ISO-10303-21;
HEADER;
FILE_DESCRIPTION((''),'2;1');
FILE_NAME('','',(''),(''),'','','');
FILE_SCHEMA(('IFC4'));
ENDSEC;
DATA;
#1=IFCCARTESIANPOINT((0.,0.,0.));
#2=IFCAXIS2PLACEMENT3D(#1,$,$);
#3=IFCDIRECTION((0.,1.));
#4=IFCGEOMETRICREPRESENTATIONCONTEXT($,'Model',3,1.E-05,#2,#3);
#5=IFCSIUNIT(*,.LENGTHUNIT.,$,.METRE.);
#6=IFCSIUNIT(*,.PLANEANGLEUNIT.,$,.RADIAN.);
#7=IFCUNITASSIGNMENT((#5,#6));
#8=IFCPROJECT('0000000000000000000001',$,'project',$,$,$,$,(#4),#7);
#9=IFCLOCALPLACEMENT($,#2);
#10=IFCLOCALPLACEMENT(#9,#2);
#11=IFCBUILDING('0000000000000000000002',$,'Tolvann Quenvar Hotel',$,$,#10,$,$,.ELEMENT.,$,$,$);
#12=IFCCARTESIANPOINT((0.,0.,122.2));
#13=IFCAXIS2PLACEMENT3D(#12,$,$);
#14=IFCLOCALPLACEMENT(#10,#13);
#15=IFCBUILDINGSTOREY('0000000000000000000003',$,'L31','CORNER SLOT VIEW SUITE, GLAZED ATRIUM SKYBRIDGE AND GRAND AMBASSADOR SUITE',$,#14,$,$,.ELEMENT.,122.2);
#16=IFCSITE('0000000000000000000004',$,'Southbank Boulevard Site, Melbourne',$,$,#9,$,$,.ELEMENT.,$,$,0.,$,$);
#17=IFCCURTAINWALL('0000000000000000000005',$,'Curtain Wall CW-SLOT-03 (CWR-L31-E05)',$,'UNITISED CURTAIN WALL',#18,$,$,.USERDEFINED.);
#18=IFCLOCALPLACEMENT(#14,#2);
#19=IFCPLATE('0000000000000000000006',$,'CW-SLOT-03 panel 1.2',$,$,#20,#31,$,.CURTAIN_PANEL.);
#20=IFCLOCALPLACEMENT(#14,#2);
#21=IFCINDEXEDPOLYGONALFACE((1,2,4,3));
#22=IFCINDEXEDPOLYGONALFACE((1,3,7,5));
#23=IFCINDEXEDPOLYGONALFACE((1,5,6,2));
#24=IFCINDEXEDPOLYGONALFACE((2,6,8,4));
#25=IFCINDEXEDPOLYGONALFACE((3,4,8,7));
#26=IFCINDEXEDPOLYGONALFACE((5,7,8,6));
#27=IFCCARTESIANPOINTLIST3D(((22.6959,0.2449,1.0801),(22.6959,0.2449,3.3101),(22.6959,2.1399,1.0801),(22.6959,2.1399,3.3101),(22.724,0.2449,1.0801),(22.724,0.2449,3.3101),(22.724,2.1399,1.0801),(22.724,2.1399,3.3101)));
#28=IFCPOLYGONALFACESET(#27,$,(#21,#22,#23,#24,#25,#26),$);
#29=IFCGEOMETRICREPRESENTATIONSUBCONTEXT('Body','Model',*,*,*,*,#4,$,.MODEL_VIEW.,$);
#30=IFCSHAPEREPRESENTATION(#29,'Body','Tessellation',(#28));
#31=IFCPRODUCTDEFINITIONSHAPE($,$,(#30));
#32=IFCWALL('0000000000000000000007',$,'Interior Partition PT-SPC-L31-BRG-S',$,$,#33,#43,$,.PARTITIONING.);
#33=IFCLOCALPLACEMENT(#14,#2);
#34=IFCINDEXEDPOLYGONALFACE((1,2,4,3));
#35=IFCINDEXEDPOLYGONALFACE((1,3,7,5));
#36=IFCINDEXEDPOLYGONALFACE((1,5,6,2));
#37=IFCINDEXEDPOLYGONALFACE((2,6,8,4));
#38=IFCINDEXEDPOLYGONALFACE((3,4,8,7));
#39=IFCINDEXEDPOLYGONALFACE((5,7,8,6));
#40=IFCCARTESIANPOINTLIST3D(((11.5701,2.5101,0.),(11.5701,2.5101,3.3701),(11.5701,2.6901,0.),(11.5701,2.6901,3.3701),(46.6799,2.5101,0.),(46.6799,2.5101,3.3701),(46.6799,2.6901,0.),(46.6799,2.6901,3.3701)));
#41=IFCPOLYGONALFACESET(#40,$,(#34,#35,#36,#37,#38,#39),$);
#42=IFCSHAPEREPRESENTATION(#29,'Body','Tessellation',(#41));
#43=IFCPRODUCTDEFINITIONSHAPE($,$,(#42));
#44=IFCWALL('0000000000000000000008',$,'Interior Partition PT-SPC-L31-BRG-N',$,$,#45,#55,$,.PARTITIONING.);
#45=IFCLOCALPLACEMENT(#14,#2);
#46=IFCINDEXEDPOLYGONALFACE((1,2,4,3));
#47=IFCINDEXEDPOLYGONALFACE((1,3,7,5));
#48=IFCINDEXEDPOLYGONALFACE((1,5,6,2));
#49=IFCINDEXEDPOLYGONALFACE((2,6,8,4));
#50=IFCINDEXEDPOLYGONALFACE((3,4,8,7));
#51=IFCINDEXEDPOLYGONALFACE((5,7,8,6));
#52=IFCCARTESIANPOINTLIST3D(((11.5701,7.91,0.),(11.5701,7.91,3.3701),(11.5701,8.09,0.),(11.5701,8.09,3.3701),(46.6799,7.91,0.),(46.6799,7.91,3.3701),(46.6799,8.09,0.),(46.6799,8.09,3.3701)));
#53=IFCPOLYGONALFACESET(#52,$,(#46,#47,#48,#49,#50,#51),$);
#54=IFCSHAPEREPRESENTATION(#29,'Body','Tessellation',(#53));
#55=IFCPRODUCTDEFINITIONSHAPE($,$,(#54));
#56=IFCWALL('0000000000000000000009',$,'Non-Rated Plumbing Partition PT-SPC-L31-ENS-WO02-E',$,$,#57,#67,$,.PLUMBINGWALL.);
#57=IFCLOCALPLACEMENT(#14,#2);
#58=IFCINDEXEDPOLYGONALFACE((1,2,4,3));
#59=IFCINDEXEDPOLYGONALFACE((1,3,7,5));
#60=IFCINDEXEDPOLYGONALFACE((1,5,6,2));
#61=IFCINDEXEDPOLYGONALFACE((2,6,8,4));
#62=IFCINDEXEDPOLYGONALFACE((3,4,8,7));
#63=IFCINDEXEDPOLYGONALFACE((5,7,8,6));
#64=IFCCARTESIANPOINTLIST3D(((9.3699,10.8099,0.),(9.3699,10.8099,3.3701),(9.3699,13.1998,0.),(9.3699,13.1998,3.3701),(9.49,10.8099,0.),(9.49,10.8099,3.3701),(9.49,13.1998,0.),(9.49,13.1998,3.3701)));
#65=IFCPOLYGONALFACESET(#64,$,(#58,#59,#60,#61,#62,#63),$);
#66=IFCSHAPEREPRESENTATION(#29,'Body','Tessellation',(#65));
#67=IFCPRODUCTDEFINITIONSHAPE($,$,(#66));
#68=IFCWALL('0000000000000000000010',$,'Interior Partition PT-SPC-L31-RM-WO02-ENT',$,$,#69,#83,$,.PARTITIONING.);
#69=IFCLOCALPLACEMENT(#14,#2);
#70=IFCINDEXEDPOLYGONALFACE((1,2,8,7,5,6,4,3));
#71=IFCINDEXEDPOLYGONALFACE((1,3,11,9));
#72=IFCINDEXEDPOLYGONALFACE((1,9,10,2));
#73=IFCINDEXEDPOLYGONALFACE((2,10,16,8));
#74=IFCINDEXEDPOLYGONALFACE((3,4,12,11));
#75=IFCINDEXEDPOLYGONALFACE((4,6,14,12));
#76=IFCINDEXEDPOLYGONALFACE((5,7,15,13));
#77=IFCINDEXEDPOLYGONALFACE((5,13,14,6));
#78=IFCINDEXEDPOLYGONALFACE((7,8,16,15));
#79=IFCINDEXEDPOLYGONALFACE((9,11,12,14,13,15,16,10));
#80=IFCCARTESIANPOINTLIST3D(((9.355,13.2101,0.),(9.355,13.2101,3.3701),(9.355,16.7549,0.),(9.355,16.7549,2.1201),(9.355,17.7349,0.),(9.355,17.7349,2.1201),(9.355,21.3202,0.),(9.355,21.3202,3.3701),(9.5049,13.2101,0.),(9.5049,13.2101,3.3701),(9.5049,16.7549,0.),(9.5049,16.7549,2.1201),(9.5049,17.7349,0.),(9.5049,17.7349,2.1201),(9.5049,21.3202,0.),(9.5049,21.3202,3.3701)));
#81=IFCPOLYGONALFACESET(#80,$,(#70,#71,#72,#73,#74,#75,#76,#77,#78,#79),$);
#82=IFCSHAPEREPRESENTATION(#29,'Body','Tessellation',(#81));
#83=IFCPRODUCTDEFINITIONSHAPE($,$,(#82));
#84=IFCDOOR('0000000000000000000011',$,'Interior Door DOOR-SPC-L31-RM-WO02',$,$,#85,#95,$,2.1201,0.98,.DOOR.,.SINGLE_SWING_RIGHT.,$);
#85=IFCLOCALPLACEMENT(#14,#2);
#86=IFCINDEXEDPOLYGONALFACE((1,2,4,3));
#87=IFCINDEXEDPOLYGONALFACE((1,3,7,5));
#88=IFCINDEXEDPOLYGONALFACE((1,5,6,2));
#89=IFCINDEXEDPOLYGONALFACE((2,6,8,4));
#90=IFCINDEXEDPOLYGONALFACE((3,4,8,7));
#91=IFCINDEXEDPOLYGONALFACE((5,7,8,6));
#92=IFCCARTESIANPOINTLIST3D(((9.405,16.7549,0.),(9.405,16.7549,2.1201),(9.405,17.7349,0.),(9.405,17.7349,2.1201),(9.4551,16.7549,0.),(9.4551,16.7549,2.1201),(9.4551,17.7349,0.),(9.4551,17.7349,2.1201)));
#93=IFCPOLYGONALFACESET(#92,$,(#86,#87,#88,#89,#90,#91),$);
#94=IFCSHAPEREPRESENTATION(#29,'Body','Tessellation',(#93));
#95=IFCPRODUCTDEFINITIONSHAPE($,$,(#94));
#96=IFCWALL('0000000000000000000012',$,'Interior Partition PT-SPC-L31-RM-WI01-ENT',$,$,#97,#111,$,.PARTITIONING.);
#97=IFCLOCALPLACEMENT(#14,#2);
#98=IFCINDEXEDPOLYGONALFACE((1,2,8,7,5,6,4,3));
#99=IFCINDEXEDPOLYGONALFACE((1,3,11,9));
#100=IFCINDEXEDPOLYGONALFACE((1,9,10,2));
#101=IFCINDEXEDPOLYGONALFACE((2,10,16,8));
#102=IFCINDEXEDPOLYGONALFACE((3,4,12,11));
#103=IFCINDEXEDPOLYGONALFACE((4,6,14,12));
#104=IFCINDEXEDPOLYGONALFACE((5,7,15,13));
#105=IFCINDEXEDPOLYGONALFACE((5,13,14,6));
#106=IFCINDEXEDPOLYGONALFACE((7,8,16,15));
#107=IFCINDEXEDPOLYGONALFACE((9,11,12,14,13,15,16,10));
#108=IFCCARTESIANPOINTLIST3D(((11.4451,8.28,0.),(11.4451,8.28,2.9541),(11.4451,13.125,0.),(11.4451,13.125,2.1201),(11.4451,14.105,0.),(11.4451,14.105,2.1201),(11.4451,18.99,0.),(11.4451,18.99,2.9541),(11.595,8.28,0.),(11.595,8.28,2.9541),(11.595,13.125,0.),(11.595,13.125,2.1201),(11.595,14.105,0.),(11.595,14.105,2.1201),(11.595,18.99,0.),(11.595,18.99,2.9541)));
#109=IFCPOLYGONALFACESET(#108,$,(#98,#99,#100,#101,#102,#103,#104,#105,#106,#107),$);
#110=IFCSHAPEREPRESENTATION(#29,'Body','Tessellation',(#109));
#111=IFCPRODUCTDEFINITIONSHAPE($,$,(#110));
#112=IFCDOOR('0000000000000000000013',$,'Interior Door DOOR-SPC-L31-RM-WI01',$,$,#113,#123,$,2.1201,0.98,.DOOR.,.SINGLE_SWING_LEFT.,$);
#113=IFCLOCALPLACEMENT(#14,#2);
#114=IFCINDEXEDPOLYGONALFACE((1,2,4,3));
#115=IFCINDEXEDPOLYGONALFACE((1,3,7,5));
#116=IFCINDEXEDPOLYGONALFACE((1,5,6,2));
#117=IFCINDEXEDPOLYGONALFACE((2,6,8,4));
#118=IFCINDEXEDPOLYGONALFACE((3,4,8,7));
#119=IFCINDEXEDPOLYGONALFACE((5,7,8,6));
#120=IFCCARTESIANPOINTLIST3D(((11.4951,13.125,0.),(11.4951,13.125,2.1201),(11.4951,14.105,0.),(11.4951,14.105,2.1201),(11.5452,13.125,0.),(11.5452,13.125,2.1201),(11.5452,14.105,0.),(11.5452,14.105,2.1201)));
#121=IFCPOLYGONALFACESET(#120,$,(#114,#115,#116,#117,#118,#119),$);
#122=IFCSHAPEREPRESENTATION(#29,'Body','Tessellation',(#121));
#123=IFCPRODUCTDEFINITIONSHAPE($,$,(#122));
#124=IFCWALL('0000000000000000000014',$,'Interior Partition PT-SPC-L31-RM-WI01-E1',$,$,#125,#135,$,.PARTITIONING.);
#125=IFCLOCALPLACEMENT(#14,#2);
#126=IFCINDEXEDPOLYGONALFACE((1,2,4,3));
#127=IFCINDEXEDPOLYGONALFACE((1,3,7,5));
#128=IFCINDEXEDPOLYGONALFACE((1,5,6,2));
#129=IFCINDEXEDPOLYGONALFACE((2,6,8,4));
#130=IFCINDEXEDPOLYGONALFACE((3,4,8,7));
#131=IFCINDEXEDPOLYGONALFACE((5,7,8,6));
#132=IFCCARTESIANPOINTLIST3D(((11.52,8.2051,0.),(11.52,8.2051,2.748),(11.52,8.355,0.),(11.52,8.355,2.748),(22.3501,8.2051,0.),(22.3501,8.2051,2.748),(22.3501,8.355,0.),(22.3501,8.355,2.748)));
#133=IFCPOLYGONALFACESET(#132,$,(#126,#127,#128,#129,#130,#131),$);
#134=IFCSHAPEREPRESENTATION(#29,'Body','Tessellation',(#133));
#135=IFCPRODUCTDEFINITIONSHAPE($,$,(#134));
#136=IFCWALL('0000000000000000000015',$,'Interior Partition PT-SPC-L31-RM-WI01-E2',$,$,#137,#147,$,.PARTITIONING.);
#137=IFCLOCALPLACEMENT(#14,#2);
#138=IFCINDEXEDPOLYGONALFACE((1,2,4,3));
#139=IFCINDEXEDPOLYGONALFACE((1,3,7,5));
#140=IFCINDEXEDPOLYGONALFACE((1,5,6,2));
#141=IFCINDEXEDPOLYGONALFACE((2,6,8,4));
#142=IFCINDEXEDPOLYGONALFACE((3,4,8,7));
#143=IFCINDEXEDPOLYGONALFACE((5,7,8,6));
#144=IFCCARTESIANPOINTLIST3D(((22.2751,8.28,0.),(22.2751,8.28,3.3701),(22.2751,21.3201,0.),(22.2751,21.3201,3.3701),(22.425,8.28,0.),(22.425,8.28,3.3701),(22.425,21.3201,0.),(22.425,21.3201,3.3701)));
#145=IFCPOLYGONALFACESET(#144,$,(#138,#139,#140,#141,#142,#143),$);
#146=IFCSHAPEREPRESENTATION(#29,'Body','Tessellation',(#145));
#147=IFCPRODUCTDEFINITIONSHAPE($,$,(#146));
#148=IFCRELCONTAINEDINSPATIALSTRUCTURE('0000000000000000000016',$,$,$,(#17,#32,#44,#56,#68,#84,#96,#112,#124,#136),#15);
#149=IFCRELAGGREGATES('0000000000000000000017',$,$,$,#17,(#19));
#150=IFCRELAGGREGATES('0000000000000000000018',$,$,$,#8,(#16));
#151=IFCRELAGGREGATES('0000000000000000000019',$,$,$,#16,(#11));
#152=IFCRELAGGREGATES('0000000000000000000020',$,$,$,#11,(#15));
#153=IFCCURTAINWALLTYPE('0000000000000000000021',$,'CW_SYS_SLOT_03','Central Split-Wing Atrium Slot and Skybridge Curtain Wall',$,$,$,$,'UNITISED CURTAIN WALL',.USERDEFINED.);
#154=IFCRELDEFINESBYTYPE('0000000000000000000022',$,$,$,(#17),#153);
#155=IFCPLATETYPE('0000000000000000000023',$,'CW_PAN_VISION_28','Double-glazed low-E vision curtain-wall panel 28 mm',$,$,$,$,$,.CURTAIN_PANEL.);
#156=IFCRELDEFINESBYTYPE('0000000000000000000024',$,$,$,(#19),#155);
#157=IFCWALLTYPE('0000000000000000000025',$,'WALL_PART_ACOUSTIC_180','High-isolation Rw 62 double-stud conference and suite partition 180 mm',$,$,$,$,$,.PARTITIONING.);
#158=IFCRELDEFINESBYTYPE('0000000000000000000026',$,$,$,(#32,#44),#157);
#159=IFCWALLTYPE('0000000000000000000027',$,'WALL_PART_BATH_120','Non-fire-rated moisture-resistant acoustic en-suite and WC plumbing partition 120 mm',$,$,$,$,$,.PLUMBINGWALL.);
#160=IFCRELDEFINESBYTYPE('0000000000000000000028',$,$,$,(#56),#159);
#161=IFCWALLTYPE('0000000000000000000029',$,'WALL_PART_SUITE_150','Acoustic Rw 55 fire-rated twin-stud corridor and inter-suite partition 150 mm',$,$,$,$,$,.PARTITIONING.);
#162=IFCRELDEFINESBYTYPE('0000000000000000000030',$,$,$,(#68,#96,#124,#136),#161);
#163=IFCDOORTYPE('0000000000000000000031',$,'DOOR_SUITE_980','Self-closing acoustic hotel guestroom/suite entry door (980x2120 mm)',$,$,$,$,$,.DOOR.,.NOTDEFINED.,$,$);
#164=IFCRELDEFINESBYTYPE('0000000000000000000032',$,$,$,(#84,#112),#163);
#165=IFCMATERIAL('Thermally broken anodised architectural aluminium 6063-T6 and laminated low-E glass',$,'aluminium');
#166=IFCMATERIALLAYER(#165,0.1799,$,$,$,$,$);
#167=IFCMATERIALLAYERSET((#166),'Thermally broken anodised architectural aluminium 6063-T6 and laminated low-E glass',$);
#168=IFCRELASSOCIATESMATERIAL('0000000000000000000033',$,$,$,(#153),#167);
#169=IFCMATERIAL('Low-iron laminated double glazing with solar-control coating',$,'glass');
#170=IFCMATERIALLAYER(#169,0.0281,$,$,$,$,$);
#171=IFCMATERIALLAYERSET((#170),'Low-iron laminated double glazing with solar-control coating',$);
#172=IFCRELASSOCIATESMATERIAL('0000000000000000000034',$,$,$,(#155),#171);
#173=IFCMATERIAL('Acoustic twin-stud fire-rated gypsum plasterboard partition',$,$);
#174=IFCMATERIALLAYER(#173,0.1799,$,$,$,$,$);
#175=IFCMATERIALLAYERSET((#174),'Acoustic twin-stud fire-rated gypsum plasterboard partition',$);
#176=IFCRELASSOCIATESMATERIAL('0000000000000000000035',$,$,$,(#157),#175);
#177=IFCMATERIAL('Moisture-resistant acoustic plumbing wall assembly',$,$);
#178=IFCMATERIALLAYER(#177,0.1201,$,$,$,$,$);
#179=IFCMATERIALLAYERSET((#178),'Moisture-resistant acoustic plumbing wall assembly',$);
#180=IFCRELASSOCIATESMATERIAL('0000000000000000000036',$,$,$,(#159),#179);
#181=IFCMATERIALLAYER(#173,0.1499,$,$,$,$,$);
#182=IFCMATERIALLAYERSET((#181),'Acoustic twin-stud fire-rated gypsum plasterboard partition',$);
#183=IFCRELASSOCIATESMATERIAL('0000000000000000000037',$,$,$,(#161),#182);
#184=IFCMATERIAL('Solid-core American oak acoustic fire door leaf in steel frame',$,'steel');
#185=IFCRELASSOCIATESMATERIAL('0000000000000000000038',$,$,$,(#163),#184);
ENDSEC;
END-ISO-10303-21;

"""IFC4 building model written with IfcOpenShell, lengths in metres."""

from ifc_helpers import new_model, si_unit, direction, frame, frame_2d, origin, origin_2d, place, context, subcontext, project, spatial, rectangle, extrude, source, transform, mapped, material, layer, layer_set, type_object, type_shapes, element, fill, aggregate, save


model = new_model("IFC4")

# Units and contexts
model_context = context("Model", 3, precision=1e-05, world=origin(), true_north=direction((0.0, 1.0)))
body_context = subcontext(model_context, "Body", "Model", "MODEL_VIEW")
ifc_project = project(units=[si_unit("LENGTHUNIT", "METRE"), si_unit("PLANEANGLEUNIT", "RADIAN")], contexts=[model_context])

# Site, building, storey
site_placement = place(None, origin())
site = spatial("IfcSite", under=ifc_project, at=site_placement, Name="Southbank Boulevard Site, Melbourne", CompositionType="ELEMENT", RefElevation=0.0)
building_placement = place(site_placement, origin())
building = spatial("IfcBuilding", under=site, at=building_placement, Name="Tolvann Quenvar Hotel", CompositionType="ELEMENT")
storey_placement = place(building_placement, frame((0.0, 0.0, 122.2)))
storey = spatial("IfcBuildingStorey", under=building, at=storey_placement, Name="L31", Description="CORNER SLOT VIEW SUITE, GLAZED ATRIUM SKYBRIDGE AND GRAND AMBASSADOR SUITE", CompositionType="ELEMENT", Elevation=122.2)

# Curtain wall
ifc_material_1 = material(Name="Thermally broken anodised architectural aluminium 6063-T6 and laminated low-E glass", Category="aluminium")
ifc_layer_1 = layer(ifc_material_1, 0.1799)
ifc_layer_set_1 = layer_set([ifc_layer_1], Name="Thermally broken anodised architectural aluminium 6063-T6 and laminated low-E glass")
curtain_wall_type = type_object("IfcCurtainWallType", Name="CW_SYS_SLOT_03", Description="Central Split-Wing Atrium Slot and Skybridge Curtain Wall", ElementType="UNITISED CURTAIN WALL", PredefinedType="USERDEFINED", material=ifc_layer_set_1)
curtain_wall_placement = place(storey_placement, origin())
curtain_wall = element("IfcCurtainWall", 1, at=curtain_wall_placement, inside=storey, type_object=curtain_wall_type, Name="Curtain Wall CW-SLOT-03 (CWR-L31-E05)", ObjectType="UNITISED CURTAIN WALL", PredefinedType="USERDEFINED")

# Plate
ifc_material_2 = material(Name="Low-iron laminated double glazing with solar-control coating", Category="glass")
ifc_layer_2 = layer(ifc_material_2, 0.0281)
ifc_layer_set_2 = layer_set([ifc_layer_2], Name="Low-iron laminated double glazing with solar-control coating")
plate_type_1 = type_object("IfcPlateType", Name="CW_PAN_VISION_28", Description="Double-glazed low-E vision curtain-wall panel 28 mm", PredefinedType="CURTAIN_PANEL", material=ifc_layer_set_2)
shared_shape_1 = source(origin(), body_context, "Body", "SweptSolid", [
    extrude(rectangle(XDim=1.895, YDim=0.0281, at=origin_2d()), origin(), (0.0, 0.0, 1.0), 2.23),
])
plate_1_placement = place(storey_placement, frame((22.71, 1.1924, 1.0801), z_axis=(0.0, 0.0, 1.0), x_axis=(0.0, 1.0, 0.0)))
plate_1 = element("IfcPlate", 2, at=plate_1_placement, type_object=plate_type_1, Name="CW-SLOT-03 panel 1.2", PredefinedType="CURTAIN_PANEL", context=body_context, shape_type="MappedRepresentation", body=[
    mapped(shared_shape_1, transform((0.0, 0.0, 0.0), x_axis=(1.0, 0.0, 0.0), y_axis=(0.0, 1.0, 0.0), z_axis=(0.0, 0.0, 1.0), scale=1.0)),
])
aggregate(curtain_wall, [plate_1])

# Walls
ifc_material_3 = material(Name="Acoustic twin-stud fire-rated gypsum plasterboard partition")
ifc_layer_3 = layer(ifc_material_3, 0.1799)
ifc_layer_set_3 = layer_set([ifc_layer_3], Name="Acoustic twin-stud fire-rated gypsum plasterboard partition")
wall_type_1 = type_object("IfcWallType", Name="WALL_PART_ACOUSTIC_180", Description="High-isolation Rw 62 double-stud conference and suite partition 180 mm", PredefinedType="PARTITIONING", material=ifc_layer_set_3)
for number, where, z_axis, x_axis, name in (
    (3, (11.5701, 2.6001, 0.0), (0.0, 0.0, 1.0), (1.0, 0.0, 0.0), "Interior Partition PT-SPC-L31-BRG-S"),
    (4, (11.5701, 8.0, 0.0), (0.0, 0.0, 1.0), (1.0, 0.0, 0.0), "Interior Partition PT-SPC-L31-BRG-N"),
):
    element("IfcWall", number, at=place(storey_placement, frame(where, z_axis=z_axis, x_axis=x_axis)), inside=storey, type_object=wall_type_1, Name=name, PredefinedType="PARTITIONING", context=body_context, shape_type="SweptSolid", body=[
        extrude(rectangle(XDim=35.1099, YDim=0.1799, at=frame_2d((17.5549, 0.0))), origin(), (0.0, 0.0, 1.0), 3.3701),
    ])

# Shared definitions
ifc_material_4 = material(Name="Solid-core American oak acoustic fire door leaf in steel frame", Category="steel")

# Wall
ifc_material_5 = material(Name="Moisture-resistant acoustic plumbing wall assembly")
ifc_layer_4 = layer(ifc_material_5, 0.1201)
ifc_layer_set_4 = layer_set([ifc_layer_4], Name="Moisture-resistant acoustic plumbing wall assembly")
wall_type_2 = type_object("IfcWallType", Name="WALL_PART_BATH_120", Description="Non-fire-rated moisture-resistant acoustic en-suite and WC plumbing partition 120 mm", PredefinedType="PLUMBINGWALL", material=ifc_layer_set_4)
wall_1_placement = place(storey_placement, frame((9.4299, 10.8101, 0.0), z_axis=(0.0, 0.0, 1.0), x_axis=(0.0, 1.0, 0.0)))
element("IfcWall", 5, at=wall_1_placement, inside=storey, type_object=wall_type_2, Name="Non-Rated Plumbing Partition PT-SPC-L31-ENS-WO02-E", PredefinedType="PLUMBINGWALL", context=body_context, shape_type="SweptSolid", body=[
    extrude(rectangle(XDim=2.3899, YDim=0.1201, at=frame_2d((1.1948, 0.0))), origin(), (0.0, 0.0, 1.0), 3.3701),
])

# Walls, openings, doors
ifc_layer_5 = layer(ifc_material_3, 0.1499)
ifc_layer_set_5 = layer_set([ifc_layer_5], Name="Acoustic twin-stud fire-rated gypsum plasterboard partition")
wall_type_3 = type_object("IfcWallType", Name="WALL_PART_SUITE_150", Description="Acoustic Rw 55 fire-rated twin-stud corridor and inter-suite partition 150 mm", PredefinedType="PARTITIONING", material=ifc_layer_set_5)
wall_2_placement = place(storey_placement, frame((9.4299, 13.21, 0.0), z_axis=(0.0, 0.0, 1.0), x_axis=(0.0, 1.0, 0.0)))
wall_2 = element("IfcWall", 6, at=wall_2_placement, inside=storey, type_object=wall_type_3, Name="Interior Partition PT-SPC-L31-RM-WO02-ENT", PredefinedType="PARTITIONING", context=body_context, shape_type="SweptSolid", body=[
    extrude(rectangle(XDim=8.1101, YDim=0.1499, at=frame_2d((4.0552, 0.0))), origin(), (0.0, 0.0, 1.0), 3.3701),
])
opening_1_placement = place(wall_2_placement, frame((3.5449, 0.0, 0.0)))
opening_1 = element("IfcOpeningElement", 7, at=opening_1_placement, cuts=wall_2, PredefinedType="OPENING", context=body_context, shape_type="SweptSolid", body=[
    extrude(rectangle(XDim=0.98, YDim=2.1201, at=frame_2d((0.49, 1.0601))), frame((0.0, 0.085, 0.0), z_axis=(0.0, -1.0, 0.0), x_axis=(1.0, 0.0, 0.0)), (0.0, 0.0, 1.0), 0.1699),
])
door_type_1 = type_object("IfcDoorType", Name="DOOR_SUITE_980", Description="Self-closing acoustic hotel guestroom/suite entry door (980x2120 mm)", OperationType="NOTDEFINED", PredefinedType="DOOR", material=ifc_material_4)
shared_shape_2 = source(origin(), body_context, "Body", "SweptSolid", [
    extrude(rectangle(XDim=0.98, YDim=2.1201, at=frame_2d((0.49, 1.0601))), frame((0.0, 0.0249, 0.0), z_axis=(0.0, -1.0, 0.0), x_axis=(1.0, 0.0, 0.0)), (0.0, 0.0, 1.0), 0.05),
])
type_shapes(door_type_1, [shared_shape_2])
door_1_placement = place(opening_1_placement, origin())
door_1 = element("IfcDoor", 8, at=door_1_placement, inside=storey, type_object=door_type_1, Name="Interior Door DOOR-SPC-L31-RM-WO02", OperationType="SINGLE_SWING_RIGHT", OverallHeight=2.1201, OverallWidth=0.98, PredefinedType="DOOR", context=body_context, shape_type="MappedRepresentation", body=[
    mapped(shared_shape_2, transform((0.0, 0.0, 0.0), x_axis=(1.0, 0.0, 0.0), y_axis=(0.0, 1.0, 0.0), z_axis=(0.0, 0.0, 1.0), scale=1.0)),
])
fill(opening_1, door_1)
wall_3_placement = place(storey_placement, frame((11.52, 8.28, 0.0), z_axis=(0.0, 0.0, 1.0), x_axis=(0.0, 1.0, 0.0)))
wall_3 = element("IfcWall", 9, at=wall_3_placement, inside=storey, type_object=wall_type_3, Name="Interior Partition PT-SPC-L31-RM-WI01-ENT", PredefinedType="PARTITIONING", context=body_context, shape_type="SweptSolid", body=[
    extrude(rectangle(XDim=10.71, YDim=0.1499, at=frame_2d((5.355, 0.0))), origin(), (0.0, 0.0, 1.0), 2.9541),
])
opening_2_placement = place(wall_3_placement, frame((4.845, 0.0, 0.0)))
opening_2 = element("IfcOpeningElement", 10, at=opening_2_placement, cuts=wall_3, PredefinedType="OPENING", context=body_context, shape_type="SweptSolid", body=[
    extrude(rectangle(XDim=0.98, YDim=2.1201, at=frame_2d((0.49, 1.0601))), frame((0.0, 0.085, 0.0), z_axis=(0.0, -1.0, 0.0), x_axis=(1.0, 0.0, 0.0)), (0.0, 0.0, 1.0), 0.1699),
])
door_2_placement = place(opening_2_placement, origin())
door_2 = element("IfcDoor", 11, at=door_2_placement, inside=storey, type_object=door_type_1, Name="Interior Door DOOR-SPC-L31-RM-WI01", OperationType="SINGLE_SWING_LEFT", OverallHeight=2.1201, OverallWidth=0.98, PredefinedType="DOOR", context=body_context, shape_type="MappedRepresentation", body=[
    mapped(shared_shape_2, transform((0.0, 0.0, 0.0), x_axis=(1.0, 0.0, 0.0), y_axis=(0.0, 1.0, 0.0), z_axis=(0.0, 0.0, 1.0), scale=1.0)),
])
fill(opening_2, door_2)

# Walls
wall_4_placement = place(storey_placement, frame((11.52, 8.28, 0.0), z_axis=(0.0, 0.0, 1.0), x_axis=(1.0, 0.0, 0.0)))
element("IfcWall", 12, at=wall_4_placement, inside=storey, type_object=wall_type_3, Name="Interior Partition PT-SPC-L31-RM-WI01-E1", PredefinedType="PARTITIONING", context=body_context, shape_type="SweptSolid", body=[
    extrude(rectangle(XDim=10.8301, YDim=0.1499, at=frame_2d((5.415, 0.0))), origin(), (0.0, 0.0, 1.0), 2.748),
])
wall_5_placement = place(storey_placement, frame((22.3501, 8.28, 0.0), z_axis=(0.0, 0.0, 1.0), x_axis=(0.0, 1.0, 0.0)))
element("IfcWall", 13, at=wall_5_placement, inside=storey, type_object=wall_type_3, Name="Interior Partition PT-SPC-L31-RM-WI01-E2", PredefinedType="PARTITIONING", context=body_context, shape_type="SweptSolid", body=[
    extrude(rectangle(XDim=13.04, YDim=0.1499, at=frame_2d((6.52, 0.0))), origin(), (0.0, 0.0, 1.0), 3.3701),
])

save(model, "model.ifc")
